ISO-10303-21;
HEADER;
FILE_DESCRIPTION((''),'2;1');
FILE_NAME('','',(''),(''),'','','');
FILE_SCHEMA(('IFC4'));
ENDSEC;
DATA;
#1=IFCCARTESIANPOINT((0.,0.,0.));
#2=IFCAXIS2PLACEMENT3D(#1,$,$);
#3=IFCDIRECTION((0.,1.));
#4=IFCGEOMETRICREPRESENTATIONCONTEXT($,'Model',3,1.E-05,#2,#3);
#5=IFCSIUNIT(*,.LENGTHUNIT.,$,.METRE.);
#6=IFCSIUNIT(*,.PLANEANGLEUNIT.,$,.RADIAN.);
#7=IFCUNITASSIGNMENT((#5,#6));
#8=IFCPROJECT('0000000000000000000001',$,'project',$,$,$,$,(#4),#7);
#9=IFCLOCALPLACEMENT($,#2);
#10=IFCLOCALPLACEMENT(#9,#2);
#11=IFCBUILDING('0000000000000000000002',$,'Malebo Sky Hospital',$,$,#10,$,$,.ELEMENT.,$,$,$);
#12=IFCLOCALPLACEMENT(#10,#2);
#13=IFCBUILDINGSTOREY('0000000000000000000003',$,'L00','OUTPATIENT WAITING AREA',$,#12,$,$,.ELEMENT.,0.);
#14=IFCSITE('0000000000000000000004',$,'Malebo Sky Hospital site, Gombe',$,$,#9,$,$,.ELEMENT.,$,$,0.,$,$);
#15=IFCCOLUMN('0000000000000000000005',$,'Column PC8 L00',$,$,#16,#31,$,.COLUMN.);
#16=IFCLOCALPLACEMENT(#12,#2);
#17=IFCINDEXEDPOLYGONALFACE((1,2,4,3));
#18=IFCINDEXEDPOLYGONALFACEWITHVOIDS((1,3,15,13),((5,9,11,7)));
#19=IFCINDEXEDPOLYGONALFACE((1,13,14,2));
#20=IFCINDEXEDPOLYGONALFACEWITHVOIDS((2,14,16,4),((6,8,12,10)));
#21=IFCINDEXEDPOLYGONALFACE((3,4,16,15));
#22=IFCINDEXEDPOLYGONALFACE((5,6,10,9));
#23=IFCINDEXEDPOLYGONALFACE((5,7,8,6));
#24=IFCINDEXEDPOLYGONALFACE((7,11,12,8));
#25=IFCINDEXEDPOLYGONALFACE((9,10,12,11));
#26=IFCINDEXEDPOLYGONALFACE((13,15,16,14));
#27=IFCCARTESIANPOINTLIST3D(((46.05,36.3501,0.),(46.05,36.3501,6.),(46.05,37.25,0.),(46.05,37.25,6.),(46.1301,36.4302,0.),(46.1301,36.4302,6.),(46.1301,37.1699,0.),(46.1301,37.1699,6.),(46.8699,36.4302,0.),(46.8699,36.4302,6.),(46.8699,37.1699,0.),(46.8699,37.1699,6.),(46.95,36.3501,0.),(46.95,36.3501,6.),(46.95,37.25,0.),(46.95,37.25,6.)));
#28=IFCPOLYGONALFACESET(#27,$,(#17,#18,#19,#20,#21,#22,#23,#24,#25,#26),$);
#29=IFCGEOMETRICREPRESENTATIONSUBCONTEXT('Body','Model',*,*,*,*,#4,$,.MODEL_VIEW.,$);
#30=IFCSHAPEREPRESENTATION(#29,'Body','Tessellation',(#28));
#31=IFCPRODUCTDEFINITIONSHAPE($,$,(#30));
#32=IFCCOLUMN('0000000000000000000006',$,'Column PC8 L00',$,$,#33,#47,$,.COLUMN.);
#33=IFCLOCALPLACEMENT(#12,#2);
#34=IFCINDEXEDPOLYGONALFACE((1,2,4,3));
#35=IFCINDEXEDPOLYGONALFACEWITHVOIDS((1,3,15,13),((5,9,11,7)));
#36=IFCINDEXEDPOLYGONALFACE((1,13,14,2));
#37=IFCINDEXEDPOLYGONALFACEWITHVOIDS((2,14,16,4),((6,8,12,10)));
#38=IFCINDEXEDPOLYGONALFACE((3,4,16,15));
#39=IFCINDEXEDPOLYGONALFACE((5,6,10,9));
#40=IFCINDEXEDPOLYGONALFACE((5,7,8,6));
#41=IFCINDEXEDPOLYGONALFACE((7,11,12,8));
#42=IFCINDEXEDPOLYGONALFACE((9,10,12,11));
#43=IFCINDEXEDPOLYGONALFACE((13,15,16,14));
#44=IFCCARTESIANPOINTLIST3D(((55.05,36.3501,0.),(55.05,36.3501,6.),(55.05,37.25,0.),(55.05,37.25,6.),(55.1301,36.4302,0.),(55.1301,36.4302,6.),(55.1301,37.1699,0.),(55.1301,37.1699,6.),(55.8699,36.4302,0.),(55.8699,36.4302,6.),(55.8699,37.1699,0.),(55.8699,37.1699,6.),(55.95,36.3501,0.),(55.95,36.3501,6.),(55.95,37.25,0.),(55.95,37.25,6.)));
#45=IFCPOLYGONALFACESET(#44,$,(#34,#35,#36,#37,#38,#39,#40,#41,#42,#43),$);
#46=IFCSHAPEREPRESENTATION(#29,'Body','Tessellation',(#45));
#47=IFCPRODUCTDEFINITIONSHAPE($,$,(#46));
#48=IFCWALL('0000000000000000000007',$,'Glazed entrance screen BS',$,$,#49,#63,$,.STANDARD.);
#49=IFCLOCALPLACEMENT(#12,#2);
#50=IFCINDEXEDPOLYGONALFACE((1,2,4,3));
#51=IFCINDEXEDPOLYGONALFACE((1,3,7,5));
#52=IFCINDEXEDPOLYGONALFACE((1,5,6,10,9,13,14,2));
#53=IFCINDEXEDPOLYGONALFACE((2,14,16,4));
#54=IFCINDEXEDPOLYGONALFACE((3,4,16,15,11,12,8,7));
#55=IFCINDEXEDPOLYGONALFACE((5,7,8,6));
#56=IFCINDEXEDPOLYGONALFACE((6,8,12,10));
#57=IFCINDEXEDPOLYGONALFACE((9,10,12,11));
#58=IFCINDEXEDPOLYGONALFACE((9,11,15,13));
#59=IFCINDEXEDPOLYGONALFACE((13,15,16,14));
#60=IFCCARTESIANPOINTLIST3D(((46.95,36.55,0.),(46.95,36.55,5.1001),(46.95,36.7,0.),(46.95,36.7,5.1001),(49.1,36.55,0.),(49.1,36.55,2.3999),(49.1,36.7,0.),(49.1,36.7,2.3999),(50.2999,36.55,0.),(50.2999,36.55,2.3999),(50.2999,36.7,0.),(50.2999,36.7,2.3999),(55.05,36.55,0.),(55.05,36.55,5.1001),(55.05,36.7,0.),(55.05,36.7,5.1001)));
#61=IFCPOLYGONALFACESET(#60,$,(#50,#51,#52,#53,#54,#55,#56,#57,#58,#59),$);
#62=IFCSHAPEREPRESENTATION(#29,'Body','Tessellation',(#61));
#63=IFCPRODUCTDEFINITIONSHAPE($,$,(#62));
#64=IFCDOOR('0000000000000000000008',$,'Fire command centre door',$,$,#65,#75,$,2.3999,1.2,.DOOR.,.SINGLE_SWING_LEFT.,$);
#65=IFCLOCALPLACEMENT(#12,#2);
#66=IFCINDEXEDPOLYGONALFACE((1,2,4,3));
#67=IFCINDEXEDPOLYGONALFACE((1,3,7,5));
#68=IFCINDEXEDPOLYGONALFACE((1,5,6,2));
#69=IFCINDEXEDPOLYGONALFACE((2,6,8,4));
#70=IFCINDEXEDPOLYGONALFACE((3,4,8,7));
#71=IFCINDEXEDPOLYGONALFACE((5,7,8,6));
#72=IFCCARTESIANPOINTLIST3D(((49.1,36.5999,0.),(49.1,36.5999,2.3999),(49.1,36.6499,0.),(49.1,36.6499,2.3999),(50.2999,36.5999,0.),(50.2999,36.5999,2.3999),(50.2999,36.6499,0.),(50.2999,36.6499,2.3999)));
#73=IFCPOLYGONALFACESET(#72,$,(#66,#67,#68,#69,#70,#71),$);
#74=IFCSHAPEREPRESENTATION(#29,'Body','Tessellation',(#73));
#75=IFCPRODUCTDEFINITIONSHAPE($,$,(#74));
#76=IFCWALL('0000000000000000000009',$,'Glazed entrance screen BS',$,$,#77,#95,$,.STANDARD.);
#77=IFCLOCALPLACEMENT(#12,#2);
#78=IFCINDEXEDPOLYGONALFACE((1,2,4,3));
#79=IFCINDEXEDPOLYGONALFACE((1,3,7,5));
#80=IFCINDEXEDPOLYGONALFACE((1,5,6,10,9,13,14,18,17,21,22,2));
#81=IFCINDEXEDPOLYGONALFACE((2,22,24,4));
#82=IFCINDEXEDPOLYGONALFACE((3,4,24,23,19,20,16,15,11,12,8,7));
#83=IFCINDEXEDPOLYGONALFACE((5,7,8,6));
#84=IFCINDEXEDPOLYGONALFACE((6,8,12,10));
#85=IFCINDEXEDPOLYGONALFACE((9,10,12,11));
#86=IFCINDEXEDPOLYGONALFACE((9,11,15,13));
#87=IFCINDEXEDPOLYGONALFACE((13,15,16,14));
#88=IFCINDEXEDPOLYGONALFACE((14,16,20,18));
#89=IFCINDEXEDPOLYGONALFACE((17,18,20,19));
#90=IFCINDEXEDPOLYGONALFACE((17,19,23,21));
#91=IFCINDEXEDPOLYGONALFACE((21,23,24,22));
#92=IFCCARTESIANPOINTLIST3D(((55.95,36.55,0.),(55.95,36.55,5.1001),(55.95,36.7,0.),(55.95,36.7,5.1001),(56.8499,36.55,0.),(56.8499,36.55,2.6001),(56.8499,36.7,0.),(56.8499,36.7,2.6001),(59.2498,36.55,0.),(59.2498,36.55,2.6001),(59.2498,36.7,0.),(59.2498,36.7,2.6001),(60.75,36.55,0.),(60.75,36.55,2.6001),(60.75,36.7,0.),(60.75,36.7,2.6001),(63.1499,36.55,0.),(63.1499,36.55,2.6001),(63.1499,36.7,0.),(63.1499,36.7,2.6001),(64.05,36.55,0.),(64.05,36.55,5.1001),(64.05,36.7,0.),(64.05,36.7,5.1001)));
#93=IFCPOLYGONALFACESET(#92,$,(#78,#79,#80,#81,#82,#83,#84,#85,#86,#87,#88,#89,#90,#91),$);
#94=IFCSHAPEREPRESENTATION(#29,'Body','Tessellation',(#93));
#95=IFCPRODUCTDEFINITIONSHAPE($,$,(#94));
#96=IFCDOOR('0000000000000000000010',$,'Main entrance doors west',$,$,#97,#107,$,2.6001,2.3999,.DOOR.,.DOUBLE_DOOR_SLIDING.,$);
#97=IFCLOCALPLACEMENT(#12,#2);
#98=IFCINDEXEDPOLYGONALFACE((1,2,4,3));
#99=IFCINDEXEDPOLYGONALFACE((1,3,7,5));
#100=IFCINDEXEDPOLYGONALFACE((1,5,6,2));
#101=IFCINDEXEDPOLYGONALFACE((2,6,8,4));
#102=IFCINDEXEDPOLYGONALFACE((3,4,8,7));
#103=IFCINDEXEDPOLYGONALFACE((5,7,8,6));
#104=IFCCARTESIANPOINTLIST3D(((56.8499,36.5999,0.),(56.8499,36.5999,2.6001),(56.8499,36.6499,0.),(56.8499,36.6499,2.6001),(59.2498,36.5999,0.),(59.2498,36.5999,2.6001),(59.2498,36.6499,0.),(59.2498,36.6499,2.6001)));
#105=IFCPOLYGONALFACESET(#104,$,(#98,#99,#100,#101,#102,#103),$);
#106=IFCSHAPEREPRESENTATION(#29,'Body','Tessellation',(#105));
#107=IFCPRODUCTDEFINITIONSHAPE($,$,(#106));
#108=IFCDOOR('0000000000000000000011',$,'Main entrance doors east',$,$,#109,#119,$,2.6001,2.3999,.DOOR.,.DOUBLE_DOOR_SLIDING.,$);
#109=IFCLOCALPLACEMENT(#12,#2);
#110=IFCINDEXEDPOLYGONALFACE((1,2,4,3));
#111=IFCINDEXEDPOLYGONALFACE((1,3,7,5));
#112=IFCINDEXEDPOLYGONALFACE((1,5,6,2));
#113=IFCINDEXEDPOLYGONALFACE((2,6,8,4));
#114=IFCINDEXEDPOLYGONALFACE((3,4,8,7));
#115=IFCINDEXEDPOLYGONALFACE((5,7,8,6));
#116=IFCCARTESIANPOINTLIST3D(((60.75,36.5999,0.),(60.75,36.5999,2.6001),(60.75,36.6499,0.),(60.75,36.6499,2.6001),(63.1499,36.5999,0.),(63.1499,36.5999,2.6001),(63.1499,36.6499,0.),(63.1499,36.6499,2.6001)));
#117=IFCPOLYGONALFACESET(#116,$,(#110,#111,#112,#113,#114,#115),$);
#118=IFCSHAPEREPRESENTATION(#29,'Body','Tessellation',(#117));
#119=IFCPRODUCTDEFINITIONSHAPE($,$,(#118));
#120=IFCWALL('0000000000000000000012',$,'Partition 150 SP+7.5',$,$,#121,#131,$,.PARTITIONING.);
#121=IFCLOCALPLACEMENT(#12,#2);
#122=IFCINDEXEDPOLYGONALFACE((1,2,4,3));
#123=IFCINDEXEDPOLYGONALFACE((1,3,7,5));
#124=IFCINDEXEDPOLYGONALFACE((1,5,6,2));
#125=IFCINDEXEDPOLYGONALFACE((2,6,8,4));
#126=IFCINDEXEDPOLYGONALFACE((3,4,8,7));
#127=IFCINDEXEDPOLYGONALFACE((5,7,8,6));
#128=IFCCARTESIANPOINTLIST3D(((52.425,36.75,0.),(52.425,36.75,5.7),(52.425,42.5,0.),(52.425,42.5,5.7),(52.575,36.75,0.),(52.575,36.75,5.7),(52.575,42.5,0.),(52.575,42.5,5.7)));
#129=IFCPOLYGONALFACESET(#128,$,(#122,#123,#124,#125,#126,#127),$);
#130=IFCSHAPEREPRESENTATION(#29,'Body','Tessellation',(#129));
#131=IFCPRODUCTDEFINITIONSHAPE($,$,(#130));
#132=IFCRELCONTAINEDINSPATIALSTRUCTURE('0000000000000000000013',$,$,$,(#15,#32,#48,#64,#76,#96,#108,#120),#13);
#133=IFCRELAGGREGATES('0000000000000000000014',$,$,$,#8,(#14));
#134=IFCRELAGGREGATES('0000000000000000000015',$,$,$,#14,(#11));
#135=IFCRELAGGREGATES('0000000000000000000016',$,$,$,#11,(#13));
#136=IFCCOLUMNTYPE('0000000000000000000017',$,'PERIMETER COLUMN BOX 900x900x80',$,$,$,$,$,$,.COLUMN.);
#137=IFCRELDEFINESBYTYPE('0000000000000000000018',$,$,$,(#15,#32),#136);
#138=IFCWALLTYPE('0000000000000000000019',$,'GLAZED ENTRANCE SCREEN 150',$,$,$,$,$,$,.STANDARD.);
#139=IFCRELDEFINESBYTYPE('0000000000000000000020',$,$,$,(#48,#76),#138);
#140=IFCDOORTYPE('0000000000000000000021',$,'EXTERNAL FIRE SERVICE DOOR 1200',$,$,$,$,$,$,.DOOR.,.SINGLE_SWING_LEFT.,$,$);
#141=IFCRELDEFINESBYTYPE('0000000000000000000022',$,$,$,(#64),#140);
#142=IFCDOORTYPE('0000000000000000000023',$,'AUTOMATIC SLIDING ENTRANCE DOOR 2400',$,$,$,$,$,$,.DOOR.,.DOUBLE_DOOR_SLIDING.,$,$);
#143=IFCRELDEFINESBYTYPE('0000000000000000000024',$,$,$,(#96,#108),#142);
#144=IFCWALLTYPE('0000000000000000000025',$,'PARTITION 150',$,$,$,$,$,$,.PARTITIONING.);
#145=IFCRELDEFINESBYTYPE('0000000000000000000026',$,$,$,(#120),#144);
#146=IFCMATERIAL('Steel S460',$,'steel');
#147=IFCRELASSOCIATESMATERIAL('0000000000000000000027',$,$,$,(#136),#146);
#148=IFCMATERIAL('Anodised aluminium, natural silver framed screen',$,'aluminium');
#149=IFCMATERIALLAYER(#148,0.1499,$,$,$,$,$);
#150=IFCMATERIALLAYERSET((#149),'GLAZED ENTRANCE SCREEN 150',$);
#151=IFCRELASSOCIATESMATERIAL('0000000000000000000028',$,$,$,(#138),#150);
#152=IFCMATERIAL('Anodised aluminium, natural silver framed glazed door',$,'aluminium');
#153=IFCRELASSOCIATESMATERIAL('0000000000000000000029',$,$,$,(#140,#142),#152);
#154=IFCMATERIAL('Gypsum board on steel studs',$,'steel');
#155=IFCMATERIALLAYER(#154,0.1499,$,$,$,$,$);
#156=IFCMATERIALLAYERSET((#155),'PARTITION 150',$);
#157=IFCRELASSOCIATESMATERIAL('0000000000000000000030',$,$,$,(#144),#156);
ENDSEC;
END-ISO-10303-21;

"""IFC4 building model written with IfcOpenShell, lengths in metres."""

from ifc_helpers import new_model, si_unit, direction, frame, frame_2d, origin, origin_2d, place, context, subcontext, project, spatial, rectangle, hollow_rectangle, extrude, material, layer, layer_set, material_profile, profile_set, type_object, element, fill, save


model = new_model("IFC4")

# Units and contexts
model_context = context("Model", 3, precision=1e-05, world=origin(), true_north=direction((0.0, 1.0)))
body_context = subcontext(model_context, "Body", "Model", "MODEL_VIEW")
ifc_project = project(units=[si_unit("LENGTHUNIT", "METRE"), si_unit("PLANEANGLEUNIT", "RADIAN")], contexts=[model_context])

# Site, building, storey
site_placement = place(None, origin())
site = spatial("IfcSite", under=ifc_project, at=site_placement, Name="Malebo Sky Hospital site, Gombe", CompositionType="ELEMENT", RefElevation=0.0)
building_placement = place(site_placement, origin())
building = spatial("IfcBuilding", under=site, at=building_placement, Name="Malebo Sky Hospital", CompositionType="ELEMENT")
storey_placement = place(building_placement, origin())
storey = spatial("IfcBuildingStorey", under=building, at=storey_placement, Name="L00", Description="OUTPATIENT WAITING AREA", CompositionType="ELEMENT", Elevation=0.0)

# Columns
ifc_material_1 = material(Name="Steel S460", Category="steel")
ifc_material_profile_1 = material_profile(ifc_material_1, hollow_rectangle(XDim=0.8999, YDim=0.8999, WallThickness=0.0801, at=origin_2d()), Name="BOX 900x900x80")
ifc_profile_set_1 = profile_set([ifc_material_profile_1], Name="Steel S460")
column_type_1 = type_object("IfcColumnType", Name="PERIMETER COLUMN BOX 900x900x80", PredefinedType="COLUMN", material=ifc_profile_set_1)
for number, where, z_axis, x_axis, name in (
    (1, (46.5, 36.8, 0.0), (0.0, 0.0, 1.0), (1.0, 0.0, 0.0), "Column PC8 L00"),
    (2, (55.5, 36.8, 0.0), (0.0, 0.0, 1.0), (1.0, 0.0, 0.0), "Column PC8 L00"),
):
    element("IfcColumn", number, at=place(storey_placement, frame(where, z_axis=z_axis, x_axis=x_axis)), inside=storey, type_object=column_type_1, Name=name, PredefinedType="COLUMN", context=body_context, shape_type="SweptSolid", body=[
        extrude(hollow_rectangle(XDim=0.8999, YDim=0.8999, WallThickness=0.0801, at=origin_2d()), origin(), (0.0, 0.0, 1.0), 6.0),
    ])

# Wall, opening, door
ifc_material_2 = material(Name="Anodised aluminium, natural silver framed screen", Category="aluminium")
ifc_layer_1 = layer(ifc_material_2, 0.1499)
ifc_layer_set_1 = layer_set([ifc_layer_1], Name="GLAZED ENTRANCE SCREEN 150")
wall_type_1 = type_object("IfcWallType", Name="GLAZED ENTRANCE SCREEN 150", PredefinedType="STANDARD", material=ifc_layer_set_1)
wall_1_placement = place(storey_placement, frame((46.95, 36.625, 0.0), z_axis=(0.0, 0.0, 1.0), x_axis=(1.0, 0.0, 0.0)))
wall_1 = element("IfcWall", 3, at=wall_1_placement, inside=storey, type_object=wall_type_1, Name="Glazed entrance screen BS", PredefinedType="STANDARD", context=body_context, shape_type="SweptSolid", body=[
    extrude(rectangle(XDim=8.1001, YDim=0.1499, at=frame_2d((4.05, 0.0))), origin(), (0.0, 0.0, 1.0), 5.1001),
])
opening_1_placement = place(wall_1_placement, frame((2.1499, 0.0, 0.0)))
opening_1 = element("IfcOpeningElement", 4, at=opening_1_placement, cuts=wall_1, PredefinedType="OPENING", context=body_context, shape_type="SweptSolid", body=[
    extrude(rectangle(XDim=1.2, YDim=2.3999, at=frame_2d((0.6001, 1.2))), frame((0.0, 0.085, 0.0), z_axis=(0.0, -1.0, 0.0), x_axis=(1.0, 0.0, 0.0)), (0.0, 0.0, 1.0), 0.1699),
])
ifc_material_3 = material(Name="Anodised aluminium, natural silver framed glazed door", Category="aluminium")
door_type_1 = type_object("IfcDoorType", Name="EXTERNAL FIRE SERVICE DOOR 1200", OperationType="SINGLE_SWING_LEFT", PredefinedType="DOOR", material=ifc_material_3)
door_1_placement = place(opening_1_placement, origin())
door_1 = element("IfcDoor", 5, at=door_1_placement, inside=storey, type_object=door_type_1, Name="Fire command centre door", OperationType="SINGLE_SWING_LEFT", OverallHeight=2.3999, OverallWidth=1.2, PredefinedType="DOOR", context=body_context, shape_type="SweptSolid", body=[
    extrude(rectangle(XDim=1.2, YDim=2.3999, at=frame_2d((0.6001, 1.2))), frame((0.0, 0.0249, 0.0), z_axis=(0.0, -1.0, 0.0), x_axis=(1.0, 0.0, 0.0)), (0.0, 0.0, 1.0), 0.05),
])
fill(opening_1, door_1)

# Wall, openings, doors
wall_2_placement = place(storey_placement, frame((55.95, 36.625, 0.0), z_axis=(0.0, 0.0, 1.0), x_axis=(1.0, 0.0, 0.0)))
wall_2 = element("IfcWall", 6, at=wall_2_placement, inside=storey, type_object=wall_type_1, Name="Glazed entrance screen BS", PredefinedType="STANDARD", context=body_context, shape_type="SweptSolid", body=[
    extrude(rectangle(XDim=8.1001, YDim=0.1499, at=frame_2d((4.05, 0.0))), origin(), (0.0, 0.0, 1.0), 5.1001),
])
opening_2_placement = place(wall_2_placement, frame((0.8999, 0.0, 0.0)))
opening_2 = element("IfcOpeningElement", 7, at=opening_2_placement, cuts=wall_2, PredefinedType="OPENING", context=body_context, shape_type="SweptSolid", body=[
    extrude(rectangle(XDim=2.3999, YDim=2.6001, at=frame_2d((1.2, 1.3))), frame((0.0, 0.085, 0.0), z_axis=(0.0, -1.0, 0.0), x_axis=(1.0, 0.0, 0.0)), (0.0, 0.0, 1.0), 0.1699),
])
opening_3_placement = place(wall_2_placement, frame((4.8, 0.0, 0.0)))
opening_3 = element("IfcOpeningElement", 8, at=opening_3_placement, cuts=wall_2, PredefinedType="OPENING", context=body_context, shape_type="SweptSolid", body=[
    extrude(rectangle(XDim=2.3999, YDim=2.6001, at=frame_2d((1.2, 1.3))), frame((0.0, 0.085, 0.0), z_axis=(0.0, -1.0, 0.0), x_axis=(1.0, 0.0, 0.0)), (0.0, 0.0, 1.0), 0.1699),
])
door_type_2 = type_object("IfcDoorType", Name="AUTOMATIC SLIDING ENTRANCE DOOR 2400", OperationType="DOUBLE_DOOR_SLIDING", PredefinedType="DOOR", material=ifc_material_3)
door_2_placement = place(opening_2_placement, origin())
door_2 = element("IfcDoor", 9, at=door_2_placement, inside=storey, type_object=door_type_2, Name="Main entrance doors west", OperationType="DOUBLE_DOOR_SLIDING", OverallHeight=2.6001, OverallWidth=2.3999, PredefinedType="DOOR", context=body_context, shape_type="SweptSolid", body=[
    extrude(rectangle(XDim=2.3999, YDim=2.6001, at=frame_2d((1.2, 1.3))), frame((0.0, 0.0249, 0.0), z_axis=(0.0, -1.0, 0.0), x_axis=(1.0, 0.0, 0.0)), (0.0, 0.0, 1.0), 0.05),
])
fill(opening_2, door_2)
door_3_placement = place(opening_3_placement, origin())
door_3 = element("IfcDoor", 10, at=door_3_placement, inside=storey, type_object=door_type_2, Name="Main entrance doors east", OperationType="DOUBLE_DOOR_SLIDING", OverallHeight=2.6001, OverallWidth=2.3999, PredefinedType="DOOR", context=body_context, shape_type="SweptSolid", body=[
    extrude(rectangle(XDim=2.3999, YDim=2.6001, at=frame_2d((1.2, 1.3))), frame((0.0, 0.0249, 0.0), z_axis=(0.0, -1.0, 0.0), x_axis=(1.0, 0.0, 0.0)), (0.0, 0.0, 1.0), 0.05),
])
fill(opening_3, door_3)

# Wall
ifc_material_4 = material(Name="Gypsum board on steel studs", Category="steel")
ifc_layer_2 = layer(ifc_material_4, 0.1499)
ifc_layer_set_2 = layer_set([ifc_layer_2], Name="PARTITION 150")
wall_type_2 = type_object("IfcWallType", Name="PARTITION 150", PredefinedType="PARTITIONING", material=ifc_layer_set_2)
wall_3_placement = place(storey_placement, frame((52.5, 42.5, 0.0), z_axis=(0.0, 0.0, 1.0), x_axis=(0.0, -1.0, 0.0)))
element("IfcWall", 11, at=wall_3_placement, inside=storey, type_object=wall_type_2, Name="Partition 150 SP+7.5", PredefinedType="PARTITIONING", context=body_context, shape_type="SweptSolid", body=[
    extrude(rectangle(XDim=5.75, YDim=0.1499, at=frame_2d((2.875, 0.0))), origin(), (0.0, 0.0, 1.0), 5.7),
])

save(model, "model.ifc")
